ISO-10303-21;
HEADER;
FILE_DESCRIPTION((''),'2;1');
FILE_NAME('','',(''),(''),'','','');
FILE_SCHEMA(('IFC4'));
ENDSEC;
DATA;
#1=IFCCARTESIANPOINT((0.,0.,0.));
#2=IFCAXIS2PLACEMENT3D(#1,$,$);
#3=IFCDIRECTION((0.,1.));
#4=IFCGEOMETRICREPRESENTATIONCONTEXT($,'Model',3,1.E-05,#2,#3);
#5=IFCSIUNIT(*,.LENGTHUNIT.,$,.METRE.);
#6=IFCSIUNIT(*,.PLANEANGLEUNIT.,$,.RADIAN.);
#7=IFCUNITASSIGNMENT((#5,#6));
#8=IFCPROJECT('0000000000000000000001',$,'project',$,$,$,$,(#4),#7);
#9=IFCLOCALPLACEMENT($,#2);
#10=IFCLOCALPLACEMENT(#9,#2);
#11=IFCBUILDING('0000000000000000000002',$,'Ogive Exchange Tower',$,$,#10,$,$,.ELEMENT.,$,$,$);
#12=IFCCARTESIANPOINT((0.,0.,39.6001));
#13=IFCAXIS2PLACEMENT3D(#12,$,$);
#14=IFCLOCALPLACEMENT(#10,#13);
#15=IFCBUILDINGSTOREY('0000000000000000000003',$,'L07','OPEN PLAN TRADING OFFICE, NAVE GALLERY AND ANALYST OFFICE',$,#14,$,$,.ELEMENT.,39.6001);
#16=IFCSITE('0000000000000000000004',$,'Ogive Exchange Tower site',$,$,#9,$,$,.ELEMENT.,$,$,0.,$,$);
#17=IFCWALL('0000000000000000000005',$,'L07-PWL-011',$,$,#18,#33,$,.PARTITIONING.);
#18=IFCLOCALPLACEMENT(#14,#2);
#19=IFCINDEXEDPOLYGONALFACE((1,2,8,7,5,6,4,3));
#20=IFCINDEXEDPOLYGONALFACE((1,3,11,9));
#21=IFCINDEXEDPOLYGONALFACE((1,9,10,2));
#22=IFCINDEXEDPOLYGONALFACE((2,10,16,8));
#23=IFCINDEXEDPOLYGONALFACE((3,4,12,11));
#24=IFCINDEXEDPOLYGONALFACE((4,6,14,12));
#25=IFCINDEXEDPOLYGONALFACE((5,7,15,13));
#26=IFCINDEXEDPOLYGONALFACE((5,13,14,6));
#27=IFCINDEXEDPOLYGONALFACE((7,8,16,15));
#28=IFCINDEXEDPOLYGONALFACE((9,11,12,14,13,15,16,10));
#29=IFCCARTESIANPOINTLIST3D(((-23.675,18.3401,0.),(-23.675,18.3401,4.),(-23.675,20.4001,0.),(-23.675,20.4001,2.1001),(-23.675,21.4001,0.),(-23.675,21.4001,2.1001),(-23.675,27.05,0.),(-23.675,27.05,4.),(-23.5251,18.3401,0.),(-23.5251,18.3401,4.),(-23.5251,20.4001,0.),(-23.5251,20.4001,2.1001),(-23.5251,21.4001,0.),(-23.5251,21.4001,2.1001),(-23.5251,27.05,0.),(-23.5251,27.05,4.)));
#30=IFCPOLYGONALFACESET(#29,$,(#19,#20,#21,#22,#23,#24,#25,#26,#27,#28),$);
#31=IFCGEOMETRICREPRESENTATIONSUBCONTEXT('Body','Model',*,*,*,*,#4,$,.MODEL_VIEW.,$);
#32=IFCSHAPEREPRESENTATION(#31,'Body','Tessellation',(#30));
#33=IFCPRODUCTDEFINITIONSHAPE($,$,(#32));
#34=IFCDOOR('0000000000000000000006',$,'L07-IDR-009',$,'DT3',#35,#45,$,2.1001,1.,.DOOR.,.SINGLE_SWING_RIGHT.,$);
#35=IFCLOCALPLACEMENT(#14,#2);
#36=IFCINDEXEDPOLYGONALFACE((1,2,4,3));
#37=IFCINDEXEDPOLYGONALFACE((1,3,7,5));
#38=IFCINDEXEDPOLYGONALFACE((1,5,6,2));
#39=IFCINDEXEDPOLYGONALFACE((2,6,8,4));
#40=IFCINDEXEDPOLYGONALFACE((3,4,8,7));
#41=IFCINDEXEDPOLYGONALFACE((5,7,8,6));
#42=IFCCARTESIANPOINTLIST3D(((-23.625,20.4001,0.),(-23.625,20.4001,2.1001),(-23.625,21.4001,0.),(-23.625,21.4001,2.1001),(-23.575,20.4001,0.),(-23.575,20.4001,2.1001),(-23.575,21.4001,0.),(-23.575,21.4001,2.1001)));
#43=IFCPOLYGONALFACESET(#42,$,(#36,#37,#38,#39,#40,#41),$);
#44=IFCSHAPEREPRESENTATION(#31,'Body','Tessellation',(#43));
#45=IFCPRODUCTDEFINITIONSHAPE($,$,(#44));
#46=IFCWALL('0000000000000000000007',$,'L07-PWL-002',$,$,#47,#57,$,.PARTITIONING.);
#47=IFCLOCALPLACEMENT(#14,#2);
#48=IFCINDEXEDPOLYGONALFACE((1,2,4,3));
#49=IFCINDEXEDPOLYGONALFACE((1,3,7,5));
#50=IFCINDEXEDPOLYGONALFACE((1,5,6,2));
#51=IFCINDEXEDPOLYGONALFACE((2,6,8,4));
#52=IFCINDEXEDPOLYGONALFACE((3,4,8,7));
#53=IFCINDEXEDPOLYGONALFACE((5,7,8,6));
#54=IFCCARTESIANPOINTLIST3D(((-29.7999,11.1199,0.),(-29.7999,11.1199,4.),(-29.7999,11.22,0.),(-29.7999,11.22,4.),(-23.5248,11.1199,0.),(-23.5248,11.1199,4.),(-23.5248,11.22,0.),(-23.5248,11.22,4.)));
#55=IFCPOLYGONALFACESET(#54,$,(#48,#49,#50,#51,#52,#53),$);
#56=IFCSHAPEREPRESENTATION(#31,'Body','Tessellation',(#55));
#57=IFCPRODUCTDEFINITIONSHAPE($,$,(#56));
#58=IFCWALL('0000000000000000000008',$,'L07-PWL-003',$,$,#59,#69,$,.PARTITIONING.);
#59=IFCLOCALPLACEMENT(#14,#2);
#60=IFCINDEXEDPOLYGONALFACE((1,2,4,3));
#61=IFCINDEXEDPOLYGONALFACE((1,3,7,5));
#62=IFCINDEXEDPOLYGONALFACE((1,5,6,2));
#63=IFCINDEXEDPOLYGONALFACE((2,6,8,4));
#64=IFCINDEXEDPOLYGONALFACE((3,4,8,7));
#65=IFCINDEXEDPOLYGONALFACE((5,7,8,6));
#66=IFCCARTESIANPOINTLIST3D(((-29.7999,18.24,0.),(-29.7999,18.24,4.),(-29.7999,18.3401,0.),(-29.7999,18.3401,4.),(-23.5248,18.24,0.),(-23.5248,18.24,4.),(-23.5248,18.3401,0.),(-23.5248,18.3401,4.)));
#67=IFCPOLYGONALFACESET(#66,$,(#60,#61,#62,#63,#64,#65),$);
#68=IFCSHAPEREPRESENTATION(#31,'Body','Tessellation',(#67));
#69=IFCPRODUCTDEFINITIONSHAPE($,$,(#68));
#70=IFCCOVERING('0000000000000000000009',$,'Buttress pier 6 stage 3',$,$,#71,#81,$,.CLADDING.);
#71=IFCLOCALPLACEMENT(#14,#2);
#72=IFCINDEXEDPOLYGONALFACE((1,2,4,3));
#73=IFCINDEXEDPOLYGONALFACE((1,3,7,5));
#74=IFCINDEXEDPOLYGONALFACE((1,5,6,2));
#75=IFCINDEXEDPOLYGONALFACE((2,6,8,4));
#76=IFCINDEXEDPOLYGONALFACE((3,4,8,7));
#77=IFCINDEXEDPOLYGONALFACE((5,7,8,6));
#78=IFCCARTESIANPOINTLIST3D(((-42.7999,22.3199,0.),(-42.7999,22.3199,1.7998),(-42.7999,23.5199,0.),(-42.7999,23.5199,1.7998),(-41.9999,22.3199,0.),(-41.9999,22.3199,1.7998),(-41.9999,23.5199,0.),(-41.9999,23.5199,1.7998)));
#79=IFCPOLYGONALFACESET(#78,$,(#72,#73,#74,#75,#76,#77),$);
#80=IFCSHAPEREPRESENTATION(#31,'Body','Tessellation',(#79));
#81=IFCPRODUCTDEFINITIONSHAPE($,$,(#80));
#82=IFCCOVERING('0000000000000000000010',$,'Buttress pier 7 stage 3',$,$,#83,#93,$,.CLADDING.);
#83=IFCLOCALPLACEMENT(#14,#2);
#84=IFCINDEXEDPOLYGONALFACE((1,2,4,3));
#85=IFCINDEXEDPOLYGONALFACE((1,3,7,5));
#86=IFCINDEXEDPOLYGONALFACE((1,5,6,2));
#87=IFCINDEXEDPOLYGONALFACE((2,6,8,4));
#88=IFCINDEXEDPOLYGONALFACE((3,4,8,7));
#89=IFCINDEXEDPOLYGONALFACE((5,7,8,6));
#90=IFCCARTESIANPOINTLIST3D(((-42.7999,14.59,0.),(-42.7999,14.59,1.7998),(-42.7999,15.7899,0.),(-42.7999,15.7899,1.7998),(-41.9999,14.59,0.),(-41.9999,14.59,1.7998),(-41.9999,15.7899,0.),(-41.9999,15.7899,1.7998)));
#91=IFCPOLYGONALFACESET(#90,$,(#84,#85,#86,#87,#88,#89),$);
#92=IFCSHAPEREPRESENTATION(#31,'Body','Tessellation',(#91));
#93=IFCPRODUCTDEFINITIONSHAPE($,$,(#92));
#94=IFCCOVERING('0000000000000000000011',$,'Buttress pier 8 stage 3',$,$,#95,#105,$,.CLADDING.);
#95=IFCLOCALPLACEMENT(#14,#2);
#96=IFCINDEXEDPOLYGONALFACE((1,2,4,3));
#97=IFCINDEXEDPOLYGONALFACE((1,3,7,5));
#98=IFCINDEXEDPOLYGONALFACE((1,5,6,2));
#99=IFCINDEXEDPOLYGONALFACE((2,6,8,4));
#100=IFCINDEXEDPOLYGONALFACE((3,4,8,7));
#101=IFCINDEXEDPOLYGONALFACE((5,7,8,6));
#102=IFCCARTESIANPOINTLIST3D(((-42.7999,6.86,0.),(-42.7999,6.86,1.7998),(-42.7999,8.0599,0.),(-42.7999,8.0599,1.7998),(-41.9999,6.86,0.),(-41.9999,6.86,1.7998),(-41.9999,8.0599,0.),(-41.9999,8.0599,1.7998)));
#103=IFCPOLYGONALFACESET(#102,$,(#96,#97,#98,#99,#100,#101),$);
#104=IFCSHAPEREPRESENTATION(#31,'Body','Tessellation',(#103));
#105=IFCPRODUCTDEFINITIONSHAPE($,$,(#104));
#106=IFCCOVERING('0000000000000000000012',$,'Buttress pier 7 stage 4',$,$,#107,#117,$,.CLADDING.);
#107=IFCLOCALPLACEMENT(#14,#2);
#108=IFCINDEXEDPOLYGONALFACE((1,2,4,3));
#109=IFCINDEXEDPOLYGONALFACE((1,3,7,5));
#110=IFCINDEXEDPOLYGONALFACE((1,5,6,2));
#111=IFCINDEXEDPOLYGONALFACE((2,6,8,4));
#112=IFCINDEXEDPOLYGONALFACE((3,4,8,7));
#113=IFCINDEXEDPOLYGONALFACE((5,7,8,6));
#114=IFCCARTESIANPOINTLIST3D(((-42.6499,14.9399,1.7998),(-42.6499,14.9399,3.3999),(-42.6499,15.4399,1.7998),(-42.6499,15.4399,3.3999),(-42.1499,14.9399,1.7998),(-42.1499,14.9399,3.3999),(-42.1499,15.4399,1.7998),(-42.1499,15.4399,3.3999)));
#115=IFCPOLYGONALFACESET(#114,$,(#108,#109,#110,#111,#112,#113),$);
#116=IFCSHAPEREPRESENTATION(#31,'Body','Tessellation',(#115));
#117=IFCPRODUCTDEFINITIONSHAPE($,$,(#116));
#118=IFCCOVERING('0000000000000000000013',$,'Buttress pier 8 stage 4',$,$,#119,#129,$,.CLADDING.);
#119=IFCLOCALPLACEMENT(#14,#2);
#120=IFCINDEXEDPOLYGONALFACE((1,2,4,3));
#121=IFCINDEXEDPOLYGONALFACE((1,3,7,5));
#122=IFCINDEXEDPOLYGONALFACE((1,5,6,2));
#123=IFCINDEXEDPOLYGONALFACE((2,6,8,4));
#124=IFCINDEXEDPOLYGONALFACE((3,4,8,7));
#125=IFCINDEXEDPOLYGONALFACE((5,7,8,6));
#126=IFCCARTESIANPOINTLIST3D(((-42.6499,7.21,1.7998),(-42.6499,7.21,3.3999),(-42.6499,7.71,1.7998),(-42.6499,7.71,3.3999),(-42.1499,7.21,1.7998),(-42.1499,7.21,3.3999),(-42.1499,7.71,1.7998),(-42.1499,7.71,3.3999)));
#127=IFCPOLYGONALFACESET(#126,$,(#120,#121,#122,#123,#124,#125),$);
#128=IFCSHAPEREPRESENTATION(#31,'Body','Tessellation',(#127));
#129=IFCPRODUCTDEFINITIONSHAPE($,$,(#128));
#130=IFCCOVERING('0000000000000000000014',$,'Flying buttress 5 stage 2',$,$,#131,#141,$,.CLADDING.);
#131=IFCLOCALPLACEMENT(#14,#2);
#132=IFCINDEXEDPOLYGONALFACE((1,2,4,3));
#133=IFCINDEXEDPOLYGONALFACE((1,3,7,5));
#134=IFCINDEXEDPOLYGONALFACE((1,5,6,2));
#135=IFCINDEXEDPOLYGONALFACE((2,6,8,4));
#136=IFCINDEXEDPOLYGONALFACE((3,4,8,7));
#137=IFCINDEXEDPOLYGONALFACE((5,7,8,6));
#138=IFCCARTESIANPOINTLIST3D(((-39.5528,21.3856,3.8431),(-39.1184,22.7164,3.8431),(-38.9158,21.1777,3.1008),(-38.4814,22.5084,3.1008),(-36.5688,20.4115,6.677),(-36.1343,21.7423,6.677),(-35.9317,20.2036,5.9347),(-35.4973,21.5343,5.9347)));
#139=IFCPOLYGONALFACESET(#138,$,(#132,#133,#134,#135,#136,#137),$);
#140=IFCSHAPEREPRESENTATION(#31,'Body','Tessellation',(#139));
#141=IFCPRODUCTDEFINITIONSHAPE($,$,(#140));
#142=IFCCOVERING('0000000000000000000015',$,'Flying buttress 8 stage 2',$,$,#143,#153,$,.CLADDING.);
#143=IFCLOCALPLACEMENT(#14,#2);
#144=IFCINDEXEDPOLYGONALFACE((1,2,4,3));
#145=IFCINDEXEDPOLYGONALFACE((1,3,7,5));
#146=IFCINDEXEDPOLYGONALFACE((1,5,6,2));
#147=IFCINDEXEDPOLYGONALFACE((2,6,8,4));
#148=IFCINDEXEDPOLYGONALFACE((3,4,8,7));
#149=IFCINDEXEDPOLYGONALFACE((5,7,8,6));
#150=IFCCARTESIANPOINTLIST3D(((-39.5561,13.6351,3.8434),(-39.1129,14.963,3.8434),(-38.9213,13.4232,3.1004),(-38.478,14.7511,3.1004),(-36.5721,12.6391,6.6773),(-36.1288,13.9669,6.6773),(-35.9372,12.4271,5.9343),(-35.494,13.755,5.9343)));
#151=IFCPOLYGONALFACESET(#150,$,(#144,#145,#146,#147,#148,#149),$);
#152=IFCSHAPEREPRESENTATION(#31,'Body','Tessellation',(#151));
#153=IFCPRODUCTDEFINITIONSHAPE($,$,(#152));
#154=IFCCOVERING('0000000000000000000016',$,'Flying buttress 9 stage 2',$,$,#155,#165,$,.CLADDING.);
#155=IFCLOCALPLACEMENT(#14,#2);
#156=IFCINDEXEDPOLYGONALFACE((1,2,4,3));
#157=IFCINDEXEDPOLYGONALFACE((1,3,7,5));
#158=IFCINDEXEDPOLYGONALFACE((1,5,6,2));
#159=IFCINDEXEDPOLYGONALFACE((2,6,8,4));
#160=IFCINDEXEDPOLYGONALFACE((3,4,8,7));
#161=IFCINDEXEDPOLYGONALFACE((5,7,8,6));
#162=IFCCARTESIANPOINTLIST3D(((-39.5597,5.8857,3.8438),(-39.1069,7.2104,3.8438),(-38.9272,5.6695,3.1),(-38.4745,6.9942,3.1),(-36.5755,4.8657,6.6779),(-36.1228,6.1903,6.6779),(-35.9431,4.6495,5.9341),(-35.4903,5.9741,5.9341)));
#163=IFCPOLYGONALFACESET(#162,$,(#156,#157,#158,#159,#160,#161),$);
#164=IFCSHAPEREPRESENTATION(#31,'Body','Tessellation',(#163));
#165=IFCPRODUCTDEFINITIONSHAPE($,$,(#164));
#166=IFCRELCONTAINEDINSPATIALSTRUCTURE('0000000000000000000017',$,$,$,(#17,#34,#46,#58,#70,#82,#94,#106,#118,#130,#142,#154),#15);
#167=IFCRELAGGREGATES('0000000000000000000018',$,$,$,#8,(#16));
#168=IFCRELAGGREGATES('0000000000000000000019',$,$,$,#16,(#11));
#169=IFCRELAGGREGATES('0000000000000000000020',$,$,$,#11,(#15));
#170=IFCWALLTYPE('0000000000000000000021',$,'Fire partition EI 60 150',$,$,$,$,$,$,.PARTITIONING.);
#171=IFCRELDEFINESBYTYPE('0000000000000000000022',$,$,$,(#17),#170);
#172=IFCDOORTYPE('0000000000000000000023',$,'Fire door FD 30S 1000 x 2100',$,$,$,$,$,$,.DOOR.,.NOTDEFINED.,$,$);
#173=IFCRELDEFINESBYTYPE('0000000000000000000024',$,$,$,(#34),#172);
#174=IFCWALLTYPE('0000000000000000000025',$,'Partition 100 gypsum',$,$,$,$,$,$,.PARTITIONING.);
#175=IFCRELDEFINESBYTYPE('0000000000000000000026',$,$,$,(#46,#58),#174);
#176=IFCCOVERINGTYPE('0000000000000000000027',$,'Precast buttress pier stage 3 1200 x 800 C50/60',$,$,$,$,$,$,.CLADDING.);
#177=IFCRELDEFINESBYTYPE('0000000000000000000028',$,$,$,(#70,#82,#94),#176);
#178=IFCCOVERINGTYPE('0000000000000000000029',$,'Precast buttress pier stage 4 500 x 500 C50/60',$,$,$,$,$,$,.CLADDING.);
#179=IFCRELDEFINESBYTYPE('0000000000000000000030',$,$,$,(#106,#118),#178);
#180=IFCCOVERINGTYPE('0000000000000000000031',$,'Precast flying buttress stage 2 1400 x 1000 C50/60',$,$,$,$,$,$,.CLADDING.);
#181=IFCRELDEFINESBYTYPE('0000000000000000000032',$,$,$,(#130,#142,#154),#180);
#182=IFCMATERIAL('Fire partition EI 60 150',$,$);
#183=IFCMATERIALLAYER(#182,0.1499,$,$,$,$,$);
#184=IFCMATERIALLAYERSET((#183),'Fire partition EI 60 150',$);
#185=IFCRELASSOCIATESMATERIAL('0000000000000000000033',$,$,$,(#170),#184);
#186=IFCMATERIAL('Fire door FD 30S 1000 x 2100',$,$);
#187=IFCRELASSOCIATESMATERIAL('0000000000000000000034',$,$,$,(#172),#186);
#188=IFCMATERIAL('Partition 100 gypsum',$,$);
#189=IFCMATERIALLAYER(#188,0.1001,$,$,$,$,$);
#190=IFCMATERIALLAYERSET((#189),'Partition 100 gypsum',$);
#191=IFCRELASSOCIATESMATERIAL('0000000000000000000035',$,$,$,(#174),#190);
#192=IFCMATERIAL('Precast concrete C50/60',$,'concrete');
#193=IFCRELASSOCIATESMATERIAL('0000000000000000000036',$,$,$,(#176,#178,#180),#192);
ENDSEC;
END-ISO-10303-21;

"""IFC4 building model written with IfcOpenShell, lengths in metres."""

from ifc_helpers import new_model, si_unit, direction, frame, frame_2d, origin, origin_2d, place, context, subcontext, project, spatial, rectangle, extrude, material, layer, layer_set, material_profile, profile_set, type_object, element, fill, save


model = new_model("IFC4")

# Units and contexts
model_context = context("Model", 3, precision=1e-05, world=origin(), true_north=direction((0.0, 1.0)))
body_context = subcontext(model_context, "Body", "Model", "MODEL_VIEW")
ifc_project = project(units=[si_unit("LENGTHUNIT", "METRE"), si_unit("PLANEANGLEUNIT", "RADIAN")], contexts=[model_context])

# Site, building, storey
site_placement = place(None, origin())
site = spatial("IfcSite", under=ifc_project, at=site_placement, Name="Ogive Exchange Tower site", CompositionType="ELEMENT", RefElevation=0.0)
building_placement = place(site_placement, origin())
building = spatial("IfcBuilding", under=site, at=building_placement, Name="Ogive Exchange Tower", CompositionType="ELEMENT")
storey_placement = place(building_placement, frame((0.0, 0.0, 39.6001)))
storey = spatial("IfcBuildingStorey", under=building, at=storey_placement, Name="L07", Description="OPEN PLAN TRADING OFFICE, NAVE GALLERY AND ANALYST OFFICE", CompositionType="ELEMENT", Elevation=39.6001)

# Wall, opening, door
ifc_material_1 = material(Name="Fire partition EI 60 150")
ifc_layer_1 = layer(ifc_material_1, 0.1499)
ifc_layer_set_1 = layer_set([ifc_layer_1], Name="Fire partition EI 60 150")
wall_type_1 = type_object("IfcWallType", Name="Fire partition EI 60 150", PredefinedType="PARTITIONING", material=ifc_layer_set_1)
ifc_material_2 = material(Name="Fire door FD 30S 1000 x 2100")
door_type = type_object("IfcDoorType", Name="Fire door FD 30S 1000 x 2100", OperationType="NOTDEFINED", PredefinedType="DOOR", material=ifc_material_2)
wall_1_placement = place(storey_placement, frame((-23.6001, 18.3401, 0.0), z_axis=(0.0, 0.0, 1.0), x_axis=(0.0, 1.0, 0.0)))
wall_1 = element("IfcWall", 1, at=wall_1_placement, inside=storey, type_object=wall_type_1, Name="L07-PWL-011", PredefinedType="PARTITIONING", context=body_context, shape_type="SweptSolid", body=[
    extrude(rectangle(XDim=8.71, YDim=0.1499, at=frame_2d((4.355, 0.0))), origin(), (0.0, 0.0, 1.0), 4.0),
])
opening_1_placement = place(wall_1_placement, frame((2.0601, 0.0, 0.0)))
opening_1 = element("IfcOpeningElement", 2, at=opening_1_placement, cuts=wall_1, PredefinedType="OPENING", context=body_context, shape_type="SweptSolid", body=[
    extrude(rectangle(XDim=1.0, YDim=2.1001, at=frame_2d((0.5, 1.05))), frame((0.0, 0.085, 0.0), z_axis=(0.0, -1.0, 0.0), x_axis=(1.0, 0.0, 0.0)), (0.0, 0.0, 1.0), 0.1699),
])
door_1_placement = place(opening_1_placement, origin())
door_1 = element("IfcDoor", 3, at=door_1_placement, inside=storey, type_object=door_type, Name="L07-IDR-009", ObjectType="DT3", OperationType="SINGLE_SWING_RIGHT", OverallHeight=2.1001, OverallWidth=1.0, PredefinedType="DOOR", context=body_context, shape_type="SweptSolid", body=[
    extrude(rectangle(XDim=1.0, YDim=2.1001, at=frame_2d((0.5, 1.05))), frame((0.0, 0.0249, 0.0), z_axis=(0.0, -1.0, 0.0), x_axis=(1.0, 0.0, 0.0)), (0.0, 0.0, 1.0), 0.05),
])
fill(opening_1, door_1)

# Walls
ifc_material_3 = material(Name="Partition 100 gypsum")
ifc_layer_2 = layer(ifc_material_3, 0.1001)
ifc_layer_set_2 = layer_set([ifc_layer_2], Name="Partition 100 gypsum")
wall_type_2 = type_object("IfcWallType", Name="Partition 100 gypsum", PredefinedType="PARTITIONING", material=ifc_layer_set_2)
for number, where, z_axis, x_axis, name in (
    (4, (-29.8, 11.1699, 0.0), (0.0, 0.0, 1.0), (1.0, 0.0, 0.0), "L07-PWL-002"),
    (5, (-29.8, 18.29, 0.0), (0.0, 0.0, 1.0), (1.0, 0.0, 0.0), "L07-PWL-003"),
):
    element("IfcWall", number, at=place(storey_placement, frame(where, z_axis=z_axis, x_axis=x_axis)), inside=storey, type_object=wall_type_2, Name=name, PredefinedType="PARTITIONING", context=body_context, shape_type="SweptSolid", body=[
        extrude(rectangle(XDim=6.2751, YDim=0.1001, at=frame_2d((3.1377, 0.0))), origin(), (0.0, 0.0, 1.0), 4.0),
    ])

# Coverings
ifc_material_4 = material(Name="Precast concrete C50/60", Category="concrete")
ifc_material_profile_1 = material_profile(ifc_material_4, rectangle(XDim=1.2, YDim=0.8, at=origin_2d()), Name="BUTTRESS PIER 3 1200 x 800")
ifc_profile_set_1 = profile_set([ifc_material_profile_1], Name="Precast concrete C50/60")
covering_type_1 = type_object("IfcCoveringType", Name="Precast buttress pier stage 3 1200 x 800 C50/60", PredefinedType="CLADDING", material=ifc_profile_set_1)
for number, where, z_axis, x_axis, name in (
    (6, (-42.3999, 22.9199, 0.0), (0.0, 0.0, 1.0), (0.0, 1.0, 0.0), "Buttress pier 6 stage 3"),
    (7, (-42.3999, 15.1899, 0.0), (0.0, 0.0, 1.0), (0.0, 1.0, 0.0), "Buttress pier 7 stage 3"),
    (8, (-42.3999, 7.46, 0.0), (0.0, 0.0, 1.0), (0.0, 1.0, 0.0), "Buttress pier 8 stage 3"),
):
    element("IfcCovering", number, at=place(storey_placement, frame(where, z_axis=z_axis, x_axis=x_axis)), inside=storey, type_object=covering_type_1, Name=name, PredefinedType="CLADDING", context=body_context, shape_type="SweptSolid", body=[
        extrude(rectangle(XDim=1.2, YDim=0.8, at=origin_2d()), origin(), (0.0, 0.0, 1.0), 1.7998),
    ])
ifc_material_profile_2 = material_profile(ifc_material_4, rectangle(XDim=0.5, YDim=0.5, at=origin_2d()), Name="BUTTRESS PIER 4 500 x 500")
ifc_profile_set_2 = profile_set([ifc_material_profile_2], Name="Precast concrete C50/60")
covering_type_2 = type_object("IfcCoveringType", Name="Precast buttress pier stage 4 500 x 500 C50/60", PredefinedType="CLADDING", material=ifc_profile_set_2)
for number, where, z_axis, x_axis, name in (
    (9, (-42.3999, 15.1899, 1.7998), (0.0, 0.0, 1.0), (0.0, 1.0, 0.0), "Buttress pier 7 stage 4"),
    (10, (-42.3999, 7.46, 1.7998), (0.0, 0.0, 1.0), (0.0, 1.0, 0.0), "Buttress pier 8 stage 4"),
):
    element("IfcCovering", number, at=place(storey_placement, frame(where, z_axis=z_axis, x_axis=x_axis)), inside=storey, type_object=covering_type_2, Name=name, PredefinedType="CLADDING", context=body_context, shape_type="SweptSolid", body=[
        extrude(rectangle(XDim=0.5, YDim=0.5, at=origin_2d()), origin(), (0.0, 0.0, 1.0), 1.6001),
    ])
ifc_material_profile_3 = material_profile(ifc_material_4, rectangle(XDim=1.3999, YDim=1.0, at=origin_2d()), Name="FLYING BUTTRESS 2 1400 x 1000")
ifc_profile_set_3 = profile_set([ifc_material_profile_3], Name="Precast concrete C50/60")
covering_type_3 = type_object("IfcCoveringType", Name="Precast flying buttress stage 2 1400 x 1000 C50/60", PredefinedType="CLADDING", material=ifc_profile_set_3)
covering_1_placement = place(storey_placement, frame((-39.0171, 21.947, 3.4719), z_axis=(0.705616, -0.230337, 0.670113), x_axis=(0.310319, 0.950633, 0.0)))
element("IfcCovering", 11, at=covering_1_placement, inside=storey, type_object=covering_type_3, Name="Flying buttress 5 stage 2", PredefinedType="CLADDING", context=body_context, shape_type="SweptSolid", body=[
    extrude(rectangle(XDim=1.3999, YDim=1.0, at=origin_2d()), origin(), (0.0, 0.0, 1.0), 4.229),
])
covering_2_placement = place(storey_placement, frame((-39.0171, 14.1931, 3.4719), z_axis=(0.704763, -0.235248, 0.669303), x_axis=(0.316624, 0.948551, 0.0)))
element("IfcCovering", 12, at=covering_2_placement, inside=storey, type_object=covering_type_3, Name="Flying buttress 8 stage 2", PredefinedType="CLADDING", context=body_context, shape_type="SweptSolid", body=[
    extrude(rectangle(XDim=1.3999, YDim=1.0, at=origin_2d()), origin(), (0.0, 0.0, 1.0), 4.2341),
])
covering_3_placement = place(storey_placement, frame((-39.0171, 6.4399, 3.4719), z_axis=(0.703817, -0.240575, 0.668405), x_axis=(0.323441, 0.946248, 0.0)))
element("IfcCovering", 13, at=covering_3_placement, inside=storey, type_object=covering_type_3, Name="Flying buttress 9 stage 2", PredefinedType="CLADDING", context=body_context, shape_type="SweptSolid", body=[
    extrude(rectangle(XDim=1.3999, YDim=1.0, at=origin_2d()), origin(), (0.0, 0.0, 1.0), 4.24),
])

save(model, "model.ifc")
